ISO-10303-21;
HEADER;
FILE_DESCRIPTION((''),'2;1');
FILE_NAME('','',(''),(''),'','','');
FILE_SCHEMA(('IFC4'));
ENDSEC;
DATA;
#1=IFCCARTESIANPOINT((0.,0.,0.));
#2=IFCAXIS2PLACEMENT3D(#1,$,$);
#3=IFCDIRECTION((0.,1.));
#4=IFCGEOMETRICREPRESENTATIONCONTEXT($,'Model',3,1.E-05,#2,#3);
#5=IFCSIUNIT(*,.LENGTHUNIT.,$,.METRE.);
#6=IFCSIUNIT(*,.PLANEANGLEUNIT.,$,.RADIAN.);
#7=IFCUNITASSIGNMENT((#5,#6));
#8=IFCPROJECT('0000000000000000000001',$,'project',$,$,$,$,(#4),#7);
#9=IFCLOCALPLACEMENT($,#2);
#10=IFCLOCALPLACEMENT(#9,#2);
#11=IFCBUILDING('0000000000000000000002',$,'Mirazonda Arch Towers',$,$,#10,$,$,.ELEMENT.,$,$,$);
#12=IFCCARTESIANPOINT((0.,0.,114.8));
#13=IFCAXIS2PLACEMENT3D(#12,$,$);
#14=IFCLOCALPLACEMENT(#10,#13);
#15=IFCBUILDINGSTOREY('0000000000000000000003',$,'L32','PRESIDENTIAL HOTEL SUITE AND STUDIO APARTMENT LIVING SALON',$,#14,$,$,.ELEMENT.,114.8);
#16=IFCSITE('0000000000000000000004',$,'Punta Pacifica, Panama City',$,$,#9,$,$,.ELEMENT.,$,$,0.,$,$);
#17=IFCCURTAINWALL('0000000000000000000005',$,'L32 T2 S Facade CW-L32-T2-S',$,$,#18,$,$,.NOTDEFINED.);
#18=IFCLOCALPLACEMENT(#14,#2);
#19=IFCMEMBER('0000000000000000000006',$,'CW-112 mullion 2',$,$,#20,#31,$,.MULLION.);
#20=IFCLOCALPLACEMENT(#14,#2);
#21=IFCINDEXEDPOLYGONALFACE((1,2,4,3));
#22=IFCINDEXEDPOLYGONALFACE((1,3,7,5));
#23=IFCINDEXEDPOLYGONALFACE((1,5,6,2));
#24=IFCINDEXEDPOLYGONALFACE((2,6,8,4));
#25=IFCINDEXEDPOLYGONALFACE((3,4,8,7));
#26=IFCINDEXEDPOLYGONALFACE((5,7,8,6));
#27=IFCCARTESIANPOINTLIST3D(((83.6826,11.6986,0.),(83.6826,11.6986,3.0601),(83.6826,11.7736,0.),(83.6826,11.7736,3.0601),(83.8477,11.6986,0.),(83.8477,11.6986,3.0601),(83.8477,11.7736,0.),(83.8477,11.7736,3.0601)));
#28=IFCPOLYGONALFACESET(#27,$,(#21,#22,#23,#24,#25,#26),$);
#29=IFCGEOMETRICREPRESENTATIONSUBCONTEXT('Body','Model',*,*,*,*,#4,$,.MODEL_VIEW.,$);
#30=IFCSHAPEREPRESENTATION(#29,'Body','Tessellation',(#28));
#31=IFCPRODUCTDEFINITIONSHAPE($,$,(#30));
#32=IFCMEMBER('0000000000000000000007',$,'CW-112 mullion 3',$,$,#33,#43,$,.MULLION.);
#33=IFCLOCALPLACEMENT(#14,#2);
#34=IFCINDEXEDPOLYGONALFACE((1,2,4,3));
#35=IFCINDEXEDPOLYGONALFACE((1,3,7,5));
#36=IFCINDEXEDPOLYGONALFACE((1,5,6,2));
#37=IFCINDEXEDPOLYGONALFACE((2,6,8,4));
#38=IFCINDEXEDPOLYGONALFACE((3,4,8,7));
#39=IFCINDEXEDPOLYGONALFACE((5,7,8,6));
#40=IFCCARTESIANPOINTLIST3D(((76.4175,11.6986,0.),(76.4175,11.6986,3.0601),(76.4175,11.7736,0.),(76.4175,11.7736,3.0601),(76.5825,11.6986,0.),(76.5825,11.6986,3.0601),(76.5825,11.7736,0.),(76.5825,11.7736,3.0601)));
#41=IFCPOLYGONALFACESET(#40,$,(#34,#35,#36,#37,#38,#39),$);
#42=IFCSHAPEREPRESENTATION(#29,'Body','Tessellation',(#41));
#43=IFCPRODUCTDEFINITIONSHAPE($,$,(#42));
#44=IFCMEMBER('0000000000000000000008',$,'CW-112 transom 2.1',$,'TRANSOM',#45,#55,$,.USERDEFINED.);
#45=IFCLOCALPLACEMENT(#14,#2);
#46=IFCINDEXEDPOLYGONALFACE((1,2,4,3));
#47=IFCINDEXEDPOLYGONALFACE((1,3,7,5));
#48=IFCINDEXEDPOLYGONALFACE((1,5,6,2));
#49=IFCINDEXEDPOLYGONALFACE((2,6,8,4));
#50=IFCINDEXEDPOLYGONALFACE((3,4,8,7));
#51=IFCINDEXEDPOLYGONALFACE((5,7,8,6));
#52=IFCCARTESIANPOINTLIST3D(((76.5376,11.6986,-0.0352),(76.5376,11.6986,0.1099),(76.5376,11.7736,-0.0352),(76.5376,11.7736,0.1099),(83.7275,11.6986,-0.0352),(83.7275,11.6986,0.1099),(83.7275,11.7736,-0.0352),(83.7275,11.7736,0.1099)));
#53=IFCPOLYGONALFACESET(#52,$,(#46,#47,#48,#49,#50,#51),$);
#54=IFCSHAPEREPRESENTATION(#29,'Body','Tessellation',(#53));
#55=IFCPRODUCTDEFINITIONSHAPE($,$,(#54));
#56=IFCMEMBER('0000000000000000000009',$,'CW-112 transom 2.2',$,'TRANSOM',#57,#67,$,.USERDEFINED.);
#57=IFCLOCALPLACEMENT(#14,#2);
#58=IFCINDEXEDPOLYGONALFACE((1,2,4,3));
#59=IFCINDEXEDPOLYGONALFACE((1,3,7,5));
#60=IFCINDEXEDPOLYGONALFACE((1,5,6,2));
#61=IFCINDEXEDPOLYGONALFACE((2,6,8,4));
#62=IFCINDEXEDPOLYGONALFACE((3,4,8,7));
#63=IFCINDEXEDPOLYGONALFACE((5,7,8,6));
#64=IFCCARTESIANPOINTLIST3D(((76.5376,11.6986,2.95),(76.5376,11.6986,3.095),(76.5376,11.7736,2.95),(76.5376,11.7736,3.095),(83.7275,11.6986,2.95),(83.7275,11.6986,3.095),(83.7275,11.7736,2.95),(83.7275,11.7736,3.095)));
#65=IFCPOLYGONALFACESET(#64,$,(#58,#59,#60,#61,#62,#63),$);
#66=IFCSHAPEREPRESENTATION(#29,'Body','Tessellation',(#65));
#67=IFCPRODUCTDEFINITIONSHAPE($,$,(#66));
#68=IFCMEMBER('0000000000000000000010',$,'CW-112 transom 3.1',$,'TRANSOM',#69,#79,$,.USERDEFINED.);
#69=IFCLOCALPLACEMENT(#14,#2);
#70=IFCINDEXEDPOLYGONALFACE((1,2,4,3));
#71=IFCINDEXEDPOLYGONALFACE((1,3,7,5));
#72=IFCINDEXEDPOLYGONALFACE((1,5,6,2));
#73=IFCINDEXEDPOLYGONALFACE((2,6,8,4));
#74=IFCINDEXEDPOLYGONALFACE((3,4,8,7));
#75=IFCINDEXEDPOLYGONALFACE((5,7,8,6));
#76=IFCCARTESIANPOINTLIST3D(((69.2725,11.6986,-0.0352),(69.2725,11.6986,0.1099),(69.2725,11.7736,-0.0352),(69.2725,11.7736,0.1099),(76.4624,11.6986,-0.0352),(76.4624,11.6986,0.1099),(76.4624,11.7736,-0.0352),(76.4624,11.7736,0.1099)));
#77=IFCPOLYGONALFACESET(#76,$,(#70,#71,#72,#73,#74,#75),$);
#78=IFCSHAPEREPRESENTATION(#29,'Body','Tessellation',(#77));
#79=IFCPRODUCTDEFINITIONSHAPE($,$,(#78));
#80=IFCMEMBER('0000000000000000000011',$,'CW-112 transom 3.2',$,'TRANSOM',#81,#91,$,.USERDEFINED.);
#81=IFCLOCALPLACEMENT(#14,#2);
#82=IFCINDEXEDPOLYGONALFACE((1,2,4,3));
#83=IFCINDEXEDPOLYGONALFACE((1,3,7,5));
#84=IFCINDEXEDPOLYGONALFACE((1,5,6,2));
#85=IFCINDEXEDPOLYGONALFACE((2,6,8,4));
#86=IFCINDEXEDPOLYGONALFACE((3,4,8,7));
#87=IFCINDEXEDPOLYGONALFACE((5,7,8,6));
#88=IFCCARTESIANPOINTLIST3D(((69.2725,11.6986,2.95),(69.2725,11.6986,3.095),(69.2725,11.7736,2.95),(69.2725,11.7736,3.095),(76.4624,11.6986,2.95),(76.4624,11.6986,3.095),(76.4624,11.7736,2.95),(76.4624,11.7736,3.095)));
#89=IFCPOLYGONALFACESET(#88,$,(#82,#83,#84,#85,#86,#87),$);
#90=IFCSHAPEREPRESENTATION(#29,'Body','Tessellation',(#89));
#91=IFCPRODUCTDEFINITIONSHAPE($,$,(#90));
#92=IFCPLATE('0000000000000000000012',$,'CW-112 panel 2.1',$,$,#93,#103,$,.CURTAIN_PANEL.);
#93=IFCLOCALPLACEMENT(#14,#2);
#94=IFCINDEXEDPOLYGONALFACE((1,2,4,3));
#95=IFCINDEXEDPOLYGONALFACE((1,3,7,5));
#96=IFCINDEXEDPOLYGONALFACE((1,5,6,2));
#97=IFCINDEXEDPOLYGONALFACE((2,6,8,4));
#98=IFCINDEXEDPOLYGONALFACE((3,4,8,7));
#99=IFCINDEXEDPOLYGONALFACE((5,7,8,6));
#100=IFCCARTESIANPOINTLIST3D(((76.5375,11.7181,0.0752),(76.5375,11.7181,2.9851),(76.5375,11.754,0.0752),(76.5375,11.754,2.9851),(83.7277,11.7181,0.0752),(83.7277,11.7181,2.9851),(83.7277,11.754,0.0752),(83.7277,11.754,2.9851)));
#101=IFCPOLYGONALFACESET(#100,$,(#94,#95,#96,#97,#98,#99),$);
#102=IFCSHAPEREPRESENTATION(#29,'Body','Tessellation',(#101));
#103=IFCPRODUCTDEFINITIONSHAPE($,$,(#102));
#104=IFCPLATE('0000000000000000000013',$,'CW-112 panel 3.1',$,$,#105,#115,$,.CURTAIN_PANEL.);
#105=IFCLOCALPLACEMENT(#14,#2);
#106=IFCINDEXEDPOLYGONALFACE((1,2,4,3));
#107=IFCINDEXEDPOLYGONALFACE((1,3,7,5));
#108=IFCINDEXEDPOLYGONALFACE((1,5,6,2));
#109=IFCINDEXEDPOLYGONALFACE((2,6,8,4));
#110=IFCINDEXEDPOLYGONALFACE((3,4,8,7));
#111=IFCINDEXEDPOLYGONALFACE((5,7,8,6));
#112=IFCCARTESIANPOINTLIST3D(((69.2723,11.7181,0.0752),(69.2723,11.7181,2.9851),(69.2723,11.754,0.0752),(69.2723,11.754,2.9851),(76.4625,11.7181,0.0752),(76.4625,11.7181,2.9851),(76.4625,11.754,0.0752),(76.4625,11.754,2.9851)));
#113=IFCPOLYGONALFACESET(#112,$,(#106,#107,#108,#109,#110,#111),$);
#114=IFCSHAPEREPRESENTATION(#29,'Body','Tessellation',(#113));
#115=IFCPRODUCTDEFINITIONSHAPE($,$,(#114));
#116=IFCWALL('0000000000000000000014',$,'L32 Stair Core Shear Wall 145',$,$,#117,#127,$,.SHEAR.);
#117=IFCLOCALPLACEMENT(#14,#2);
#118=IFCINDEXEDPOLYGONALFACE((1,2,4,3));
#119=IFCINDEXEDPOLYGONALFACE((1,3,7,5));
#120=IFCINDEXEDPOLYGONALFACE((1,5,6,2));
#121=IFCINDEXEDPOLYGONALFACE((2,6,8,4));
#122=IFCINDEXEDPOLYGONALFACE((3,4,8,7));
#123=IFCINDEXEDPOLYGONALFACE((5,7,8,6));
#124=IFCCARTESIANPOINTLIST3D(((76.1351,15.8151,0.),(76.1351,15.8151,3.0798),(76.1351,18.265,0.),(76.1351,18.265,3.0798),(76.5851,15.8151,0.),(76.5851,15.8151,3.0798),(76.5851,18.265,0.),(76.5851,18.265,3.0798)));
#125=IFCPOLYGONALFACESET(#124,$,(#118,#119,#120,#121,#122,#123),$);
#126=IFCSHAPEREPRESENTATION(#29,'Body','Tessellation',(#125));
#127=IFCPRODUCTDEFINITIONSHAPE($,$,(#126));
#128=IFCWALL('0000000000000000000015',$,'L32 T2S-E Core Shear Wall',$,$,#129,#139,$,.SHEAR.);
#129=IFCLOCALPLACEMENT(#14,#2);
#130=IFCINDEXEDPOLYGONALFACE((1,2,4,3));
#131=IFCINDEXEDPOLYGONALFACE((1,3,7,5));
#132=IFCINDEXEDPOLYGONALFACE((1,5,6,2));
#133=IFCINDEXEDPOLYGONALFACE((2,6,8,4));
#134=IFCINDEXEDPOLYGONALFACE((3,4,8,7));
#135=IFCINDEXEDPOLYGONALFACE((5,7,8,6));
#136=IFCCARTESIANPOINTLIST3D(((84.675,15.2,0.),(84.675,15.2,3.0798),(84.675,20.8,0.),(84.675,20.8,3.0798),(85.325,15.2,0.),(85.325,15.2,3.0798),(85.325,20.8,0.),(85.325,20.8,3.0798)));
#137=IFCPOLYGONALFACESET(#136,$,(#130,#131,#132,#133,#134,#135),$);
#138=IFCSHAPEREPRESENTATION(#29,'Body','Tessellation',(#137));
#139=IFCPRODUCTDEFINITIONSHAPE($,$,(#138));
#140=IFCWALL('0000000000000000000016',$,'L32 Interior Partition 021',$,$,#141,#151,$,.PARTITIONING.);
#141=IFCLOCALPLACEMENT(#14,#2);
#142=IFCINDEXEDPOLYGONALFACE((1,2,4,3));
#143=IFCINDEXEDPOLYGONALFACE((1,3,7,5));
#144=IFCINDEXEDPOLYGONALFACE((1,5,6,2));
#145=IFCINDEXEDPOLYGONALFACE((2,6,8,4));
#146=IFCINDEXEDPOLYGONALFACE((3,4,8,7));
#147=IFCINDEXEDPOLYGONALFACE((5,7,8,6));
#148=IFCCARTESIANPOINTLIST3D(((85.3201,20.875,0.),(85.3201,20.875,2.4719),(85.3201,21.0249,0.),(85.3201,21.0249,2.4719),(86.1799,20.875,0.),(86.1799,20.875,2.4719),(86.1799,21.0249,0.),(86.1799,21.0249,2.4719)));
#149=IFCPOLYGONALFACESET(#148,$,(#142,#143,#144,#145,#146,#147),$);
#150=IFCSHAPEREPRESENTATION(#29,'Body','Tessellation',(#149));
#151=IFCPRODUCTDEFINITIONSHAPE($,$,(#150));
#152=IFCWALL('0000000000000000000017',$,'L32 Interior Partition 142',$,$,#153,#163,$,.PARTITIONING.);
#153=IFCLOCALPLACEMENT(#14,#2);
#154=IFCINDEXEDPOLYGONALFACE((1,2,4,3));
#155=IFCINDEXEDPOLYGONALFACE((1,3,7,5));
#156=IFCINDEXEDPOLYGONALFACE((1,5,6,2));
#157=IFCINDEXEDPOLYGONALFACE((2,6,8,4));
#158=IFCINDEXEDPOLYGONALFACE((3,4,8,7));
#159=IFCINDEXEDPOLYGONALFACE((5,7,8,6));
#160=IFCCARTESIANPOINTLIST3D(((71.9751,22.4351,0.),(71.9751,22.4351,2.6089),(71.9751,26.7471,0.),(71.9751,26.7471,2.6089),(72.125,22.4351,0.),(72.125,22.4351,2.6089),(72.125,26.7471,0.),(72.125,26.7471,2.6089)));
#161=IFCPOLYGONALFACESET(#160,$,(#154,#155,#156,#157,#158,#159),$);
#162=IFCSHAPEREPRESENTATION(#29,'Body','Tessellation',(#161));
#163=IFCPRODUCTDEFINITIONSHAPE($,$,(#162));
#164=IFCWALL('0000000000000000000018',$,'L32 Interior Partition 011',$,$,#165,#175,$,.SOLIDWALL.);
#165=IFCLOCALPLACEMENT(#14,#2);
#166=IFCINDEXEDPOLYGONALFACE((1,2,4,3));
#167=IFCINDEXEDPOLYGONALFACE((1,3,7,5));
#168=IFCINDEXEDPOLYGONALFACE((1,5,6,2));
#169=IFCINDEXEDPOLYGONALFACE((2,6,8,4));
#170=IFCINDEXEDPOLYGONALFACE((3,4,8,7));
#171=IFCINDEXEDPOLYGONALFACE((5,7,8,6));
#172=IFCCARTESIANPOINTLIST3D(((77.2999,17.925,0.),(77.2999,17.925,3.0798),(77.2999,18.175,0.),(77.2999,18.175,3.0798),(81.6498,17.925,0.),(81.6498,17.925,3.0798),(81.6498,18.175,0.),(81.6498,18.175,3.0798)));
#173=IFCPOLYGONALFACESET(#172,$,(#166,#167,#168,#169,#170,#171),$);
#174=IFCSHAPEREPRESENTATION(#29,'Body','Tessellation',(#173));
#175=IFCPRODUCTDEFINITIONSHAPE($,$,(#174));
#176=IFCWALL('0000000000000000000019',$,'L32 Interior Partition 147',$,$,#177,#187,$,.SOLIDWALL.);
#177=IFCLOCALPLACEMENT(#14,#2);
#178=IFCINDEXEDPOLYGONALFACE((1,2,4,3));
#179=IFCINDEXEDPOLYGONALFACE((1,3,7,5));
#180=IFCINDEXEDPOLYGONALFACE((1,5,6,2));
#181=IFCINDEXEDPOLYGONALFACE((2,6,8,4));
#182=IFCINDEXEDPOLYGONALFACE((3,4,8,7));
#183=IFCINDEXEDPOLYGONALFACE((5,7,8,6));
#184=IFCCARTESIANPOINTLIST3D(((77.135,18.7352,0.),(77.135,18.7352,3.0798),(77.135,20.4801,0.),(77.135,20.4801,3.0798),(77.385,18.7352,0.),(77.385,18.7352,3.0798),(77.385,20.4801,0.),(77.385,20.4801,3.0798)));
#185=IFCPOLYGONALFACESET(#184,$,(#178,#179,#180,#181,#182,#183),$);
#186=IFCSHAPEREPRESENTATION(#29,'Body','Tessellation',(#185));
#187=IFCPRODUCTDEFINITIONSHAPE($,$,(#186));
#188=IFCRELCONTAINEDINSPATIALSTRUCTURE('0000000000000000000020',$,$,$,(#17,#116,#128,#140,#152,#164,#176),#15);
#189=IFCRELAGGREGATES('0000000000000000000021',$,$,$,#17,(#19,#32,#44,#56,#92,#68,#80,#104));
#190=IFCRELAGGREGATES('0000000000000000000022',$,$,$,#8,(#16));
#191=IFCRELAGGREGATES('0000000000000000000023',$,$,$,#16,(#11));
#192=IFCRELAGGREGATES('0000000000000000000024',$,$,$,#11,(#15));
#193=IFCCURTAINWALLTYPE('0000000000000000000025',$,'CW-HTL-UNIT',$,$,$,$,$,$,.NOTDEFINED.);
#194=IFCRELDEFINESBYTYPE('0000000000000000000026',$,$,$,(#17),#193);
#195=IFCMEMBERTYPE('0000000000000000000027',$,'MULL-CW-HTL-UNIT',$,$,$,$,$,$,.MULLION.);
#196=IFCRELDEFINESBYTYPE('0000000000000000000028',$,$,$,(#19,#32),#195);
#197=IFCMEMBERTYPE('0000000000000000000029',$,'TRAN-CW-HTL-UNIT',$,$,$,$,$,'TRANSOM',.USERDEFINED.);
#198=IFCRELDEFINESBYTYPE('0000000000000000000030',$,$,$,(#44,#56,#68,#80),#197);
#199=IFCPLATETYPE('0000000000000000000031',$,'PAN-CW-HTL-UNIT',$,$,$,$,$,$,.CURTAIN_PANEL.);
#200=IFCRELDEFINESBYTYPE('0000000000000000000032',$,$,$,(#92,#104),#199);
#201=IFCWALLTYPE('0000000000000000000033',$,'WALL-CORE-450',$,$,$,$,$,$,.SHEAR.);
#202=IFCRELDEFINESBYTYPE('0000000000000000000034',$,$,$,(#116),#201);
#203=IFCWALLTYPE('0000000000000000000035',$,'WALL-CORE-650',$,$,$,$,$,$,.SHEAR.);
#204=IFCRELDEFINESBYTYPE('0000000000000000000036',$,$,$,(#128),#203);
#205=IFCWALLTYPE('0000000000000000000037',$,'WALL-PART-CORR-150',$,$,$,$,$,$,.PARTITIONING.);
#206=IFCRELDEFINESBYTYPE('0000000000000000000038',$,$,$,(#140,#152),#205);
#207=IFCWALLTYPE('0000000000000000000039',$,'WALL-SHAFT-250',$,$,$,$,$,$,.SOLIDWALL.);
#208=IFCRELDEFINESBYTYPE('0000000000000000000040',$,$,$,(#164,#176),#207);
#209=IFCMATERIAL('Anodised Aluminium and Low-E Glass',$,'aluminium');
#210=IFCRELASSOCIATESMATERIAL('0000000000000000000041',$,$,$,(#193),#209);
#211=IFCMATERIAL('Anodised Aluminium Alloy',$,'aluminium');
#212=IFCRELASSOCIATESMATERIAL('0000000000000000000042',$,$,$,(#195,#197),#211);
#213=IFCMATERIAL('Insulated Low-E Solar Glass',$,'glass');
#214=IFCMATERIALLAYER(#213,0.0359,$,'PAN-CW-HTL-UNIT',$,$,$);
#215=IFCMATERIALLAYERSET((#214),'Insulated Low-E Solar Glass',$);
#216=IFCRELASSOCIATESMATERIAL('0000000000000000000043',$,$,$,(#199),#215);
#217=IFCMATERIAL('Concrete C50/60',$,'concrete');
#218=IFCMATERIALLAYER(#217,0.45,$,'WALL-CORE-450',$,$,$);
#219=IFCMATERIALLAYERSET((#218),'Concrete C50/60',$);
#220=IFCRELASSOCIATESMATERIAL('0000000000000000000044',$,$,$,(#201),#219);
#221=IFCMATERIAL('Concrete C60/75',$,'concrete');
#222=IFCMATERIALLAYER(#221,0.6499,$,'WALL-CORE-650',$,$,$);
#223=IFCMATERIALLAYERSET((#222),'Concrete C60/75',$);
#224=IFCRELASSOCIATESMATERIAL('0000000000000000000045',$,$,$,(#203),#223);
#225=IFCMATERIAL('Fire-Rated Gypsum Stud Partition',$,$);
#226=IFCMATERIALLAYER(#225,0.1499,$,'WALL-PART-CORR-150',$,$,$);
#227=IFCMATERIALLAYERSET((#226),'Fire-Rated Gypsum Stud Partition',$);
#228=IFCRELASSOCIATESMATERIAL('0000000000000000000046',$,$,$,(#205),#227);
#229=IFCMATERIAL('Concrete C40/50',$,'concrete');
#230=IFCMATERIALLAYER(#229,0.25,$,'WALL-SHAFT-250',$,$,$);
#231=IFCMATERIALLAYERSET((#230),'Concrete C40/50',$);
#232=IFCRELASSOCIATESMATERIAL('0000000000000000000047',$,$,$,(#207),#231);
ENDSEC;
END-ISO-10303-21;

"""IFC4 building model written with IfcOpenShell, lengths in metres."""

from ifc_helpers import new_model, si_unit, direction, frame, frame_2d, origin, origin_2d, place, context, subcontext, project, spatial, rectangle, extrude, material, layer, layer_set, material_profile, profile_set, type_object, element, aggregate, save


model = new_model("IFC4")

# Units and contexts
model_context = context("Model", 3, precision=1e-05, world=origin(), true_north=direction((0.0, 1.0)))
body_context = subcontext(model_context, "Body", "Model", "MODEL_VIEW")
ifc_project = project(units=[si_unit("LENGTHUNIT", "METRE"), si_unit("PLANEANGLEUNIT", "RADIAN")], contexts=[model_context])

# Site, building, storey
site_placement = place(None, origin())
site = spatial("IfcSite", under=ifc_project, at=site_placement, Name="Punta Pacifica, Panama City", CompositionType="ELEMENT", RefElevation=0.0)
building_placement = place(site_placement, origin())
building = spatial("IfcBuilding", under=site, at=building_placement, Name="Mirazonda Arch Towers", CompositionType="ELEMENT")
storey_placement = place(building_placement, frame((0.0, 0.0, 114.8)))
storey = spatial("IfcBuildingStorey", under=building, at=storey_placement, Name="L32", Description="PRESIDENTIAL HOTEL SUITE AND STUDIO APARTMENT LIVING SALON", CompositionType="ELEMENT", Elevation=114.8)

# Shared definitions
ifc_material_1 = material(Name="Concrete C50/60", Category="concrete")

# Shared definitions
ifc_material_2 = material(Name="Concrete C60/75", Category="concrete")

# Curtain wall, members, plates
ifc_material_3 = material(Name="Anodised Aluminium and Low-E Glass", Category="aluminium")
curtain_wall_type = type_object("IfcCurtainWallType", Name="CW-HTL-UNIT", PredefinedType="NOTDEFINED", material=ifc_material_3)
curtain_wall_placement = place(storey_placement, origin())
curtain_wall = element("IfcCurtainWall", 1, at=curtain_wall_placement, inside=storey, type_object=curtain_wall_type, Name="L32 T2 S Facade CW-L32-T2-S", PredefinedType="NOTDEFINED")
ifc_material_4 = material(Name="Anodised Aluminium Alloy", Category="aluminium")
ifc_material_profile_1 = material_profile(ifc_material_4, rectangle(XDim=0.075, YDim=0.165, at=origin_2d()), Name="ALU-MULL-75x165")
ifc_profile_set_1 = profile_set([ifc_material_profile_1], Name="Anodised Aluminium Alloy")
member_type_1 = type_object("IfcMemberType", Name="MULL-CW-HTL-UNIT", PredefinedType="MULLION", material=ifc_profile_set_1)
member_1_placement = place(storey_placement, frame((83.7651, 11.7361, 0.0), z_axis=(0.0, 0.0, 1.0), x_axis=(0.0, -1.0, 0.0)))
member_1 = element("IfcMember", 2, at=member_1_placement, type_object=member_type_1, Name="CW-112 mullion 2", PredefinedType="MULLION", context=body_context, shape_type="SweptSolid", body=[
    extrude(rectangle(XDim=0.075, YDim=0.165, at=origin_2d()), origin(), (0.0, 0.0, 1.0), 3.0601),
])
member_2_placement = place(storey_placement, frame((76.5, 11.7361, 0.0), z_axis=(0.0, 0.0, 1.0), x_axis=(0.0, -1.0, 0.0)))
member_2 = element("IfcMember", 3, at=member_2_placement, type_object=member_type_1, Name="CW-112 mullion 3", PredefinedType="MULLION", context=body_context, shape_type="SweptSolid", body=[
    extrude(rectangle(XDim=0.075, YDim=0.165, at=origin_2d()), origin(), (0.0, 0.0, 1.0), 3.0601),
])
ifc_material_profile_2 = material_profile(ifc_material_4, rectangle(XDim=0.075, YDim=0.145, at=origin_2d()), Name="ALU-TRAN-75x145")
ifc_profile_set_2 = profile_set([ifc_material_profile_2], Name="Anodised Aluminium Alloy")
member_type_2 = type_object("IfcMemberType", Name="TRAN-CW-HTL-UNIT", ElementType="TRANSOM", PredefinedType="USERDEFINED", material=ifc_profile_set_2)
member_3_placement = place(storey_placement, frame((83.7275, 11.7361, 0.0374), z_axis=(-1.0, 0.0, 0.0), x_axis=(0.0, -1.0, 0.0)))
member_3 = element("IfcMember", 4, at=member_3_placement, type_object=member_type_2, Name="CW-112 transom 2.1", ObjectType="TRANSOM", PredefinedType="USERDEFINED", context=body_context, shape_type="SweptSolid", body=[
    extrude(rectangle(XDim=0.075, YDim=0.145, at=origin_2d()), origin(), (0.0, 0.0, 1.0), 7.1899),
])
member_4_placement = place(storey_placement, frame((83.7275, 11.7361, 3.0225), z_axis=(-1.0, 0.0, 0.0), x_axis=(0.0, -1.0, 0.0)))
member_4 = element("IfcMember", 5, at=member_4_placement, type_object=member_type_2, Name="CW-112 transom 2.2", ObjectType="TRANSOM", PredefinedType="USERDEFINED", context=body_context, shape_type="SweptSolid", body=[
    extrude(rectangle(XDim=0.075, YDim=0.145, at=origin_2d()), origin(), (0.0, 0.0, 1.0), 7.1899),
])
member_5_placement = place(storey_placement, frame((76.4624, 11.7361, 0.0374), z_axis=(-1.0, 0.0, 0.0), x_axis=(0.0, -1.0, 0.0)))
member_5 = element("IfcMember", 6, at=member_5_placement, type_object=member_type_2, Name="CW-112 transom 3.1", ObjectType="TRANSOM", PredefinedType="USERDEFINED", context=body_context, shape_type="SweptSolid", body=[
    extrude(rectangle(XDim=0.075, YDim=0.145, at=origin_2d()), origin(), (0.0, 0.0, 1.0), 7.1899),
])
member_6_placement = place(storey_placement, frame((76.4624, 11.7361, 3.0225), z_axis=(-1.0, 0.0, 0.0), x_axis=(0.0, -1.0, 0.0)))
member_6 = element("IfcMember", 7, at=member_6_placement, type_object=member_type_2, Name="CW-112 transom 3.2", ObjectType="TRANSOM", PredefinedType="USERDEFINED", context=body_context, shape_type="SweptSolid", body=[
    extrude(rectangle(XDim=0.075, YDim=0.145, at=origin_2d()), origin(), (0.0, 0.0, 1.0), 7.1899),
])
ifc_material_5 = material(Name="Insulated Low-E Solar Glass", Category="glass")
ifc_layer_1 = layer(ifc_material_5, 0.0359, Name="PAN-CW-HTL-UNIT")
ifc_layer_set_1 = layer_set([ifc_layer_1], Name="Insulated Low-E Solar Glass")
plate_type = type_object("IfcPlateType", Name="PAN-CW-HTL-UNIT", PredefinedType="CURTAIN_PANEL", material=ifc_layer_set_1)
plate_1_placement = place(storey_placement, frame((80.1326, 11.7361, 0.0752), z_axis=(0.0, 0.0, 1.0), x_axis=(-1.0, 0.0, 0.0)))
plate_1 = element("IfcPlate", 8, at=plate_1_placement, type_object=plate_type, Name="CW-112 panel 2.1", PredefinedType="CURTAIN_PANEL", context=body_context, shape_type="SweptSolid", body=[
    extrude(rectangle(XDim=7.1902, YDim=0.0359, at=origin_2d()), origin(), (0.0, 0.0, 1.0), 2.9099),
])
plate_2_placement = place(storey_placement, frame((72.8674, 11.7361, 0.0752), z_axis=(0.0, 0.0, 1.0), x_axis=(-1.0, 0.0, 0.0)))
plate_2 = element("IfcPlate", 9, at=plate_2_placement, type_object=plate_type, Name="CW-112 panel 3.1", PredefinedType="CURTAIN_PANEL", context=body_context, shape_type="SweptSolid", body=[
    extrude(rectangle(XDim=7.1902, YDim=0.0359, at=origin_2d()), origin(), (0.0, 0.0, 1.0), 2.9099),
])
aggregate(curtain_wall, [member_1, member_2, member_3, member_4, plate_1, member_5, member_6, plate_2])

# Walls
ifc_layer_2 = layer(ifc_material_1, 0.45, Name="WALL-CORE-450")
ifc_layer_set_2 = layer_set([ifc_layer_2], Name="Concrete C50/60")
wall_type_1 = type_object("IfcWallType", Name="WALL-CORE-450", PredefinedType="SHEAR", material=ifc_layer_set_2)
wall_1_placement = place(storey_placement, frame((76.3601, 15.8149, 0.0), z_axis=(0.0, 0.0, 1.0), x_axis=(0.0, 1.0, 0.0)))
element("IfcWall", 10, at=wall_1_placement, inside=storey, type_object=wall_type_1, Name="L32 Stair Core Shear Wall 145", PredefinedType="SHEAR", context=body_context, shape_type="SweptSolid", body=[
    extrude(rectangle(XDim=2.45, YDim=0.45, at=frame_2d((1.2251, 0.0))), origin(), (0.0, 0.0, 1.0), 3.0798),
])
ifc_layer_3 = layer(ifc_material_2, 0.6499, Name="WALL-CORE-650")
ifc_layer_set_3 = layer_set([ifc_layer_3], Name="Concrete C60/75")
wall_type_2 = type_object("IfcWallType", Name="WALL-CORE-650", PredefinedType="SHEAR", material=ifc_layer_set_3)
wall_2_placement = place(storey_placement, frame((85.0, 15.2, 0.0), z_axis=(0.0, 0.0, 1.0), x_axis=(0.0, 1.0, 0.0)))
element("IfcWall", 11, at=wall_2_placement, inside=storey, type_object=wall_type_2, Name="L32 T2S-E Core Shear Wall", PredefinedType="SHEAR", context=body_context, shape_type="SweptSolid", body=[
    extrude(rectangle(XDim=5.6001, YDim=0.6499, at=frame_2d((2.8, 0.0))), origin(), (0.0, 0.0, 1.0), 3.0798),
])
ifc_material_6 = material(Name="Fire-Rated Gypsum Stud Partition")
ifc_layer_4 = layer(ifc_material_6, 0.1499, Name="WALL-PART-CORR-150")
ifc_layer_set_4 = layer_set([ifc_layer_4], Name="Fire-Rated Gypsum Stud Partition")
wall_type_3 = type_object("IfcWallType", Name="WALL-PART-CORR-150", PredefinedType="PARTITIONING", material=ifc_layer_set_4)
wall_3_placement = place(storey_placement, frame((85.3201, 20.95, 0.0), z_axis=(0.0, 0.0, 1.0), x_axis=(1.0, 0.0, 0.0)))
element("IfcWall", 12, at=wall_3_placement, inside=storey, type_object=wall_type_3, Name="L32 Interior Partition 021", PredefinedType="PARTITIONING", context=body_context, shape_type="SweptSolid", body=[
    extrude(rectangle(XDim=0.8599, YDim=0.1499, at=frame_2d((0.4299, 0.0))), origin(), (0.0, 0.0, 1.0), 2.4719),
])
wall_4_placement = place(storey_placement, frame((72.05, 22.4351, 0.0), z_axis=(0.0, 0.0, 1.0), x_axis=(0.0, 1.0, 0.0)))
element("IfcWall", 13, at=wall_4_placement, inside=storey, type_object=wall_type_3, Name="L32 Interior Partition 142", PredefinedType="PARTITIONING", context=body_context, shape_type="SweptSolid", body=[
    extrude(rectangle(XDim=4.312, YDim=0.1499, at=frame_2d((2.156, 0.0))), origin(), (0.0, 0.0, 1.0), 2.6089),
])
ifc_material_7 = material(Name="Concrete C40/50", Category="concrete")
ifc_layer_5 = layer(ifc_material_7, 0.25, Name="WALL-SHAFT-250")
ifc_layer_set_5 = layer_set([ifc_layer_5], Name="Concrete C40/50")
wall_type_4 = type_object("IfcWallType", Name="WALL-SHAFT-250", PredefinedType="SOLIDWALL", material=ifc_layer_set_5)
wall_5_placement = place(storey_placement, frame((77.3, 18.05, 0.0), z_axis=(0.0, 0.0, 1.0), x_axis=(1.0, 0.0, 0.0)))
element("IfcWall", 14, at=wall_5_placement, inside=storey, type_object=wall_type_4, Name="L32 Interior Partition 011", PredefinedType="SOLIDWALL", context=body_context, shape_type="SweptSolid", body=[
    extrude(rectangle(XDim=4.3499, YDim=0.25, at=frame_2d((2.1748, 0.0))), origin(), (0.0, 0.0, 1.0), 3.0798),
])
wall_6_placement = place(storey_placement, frame((77.26, 18.7351, 0.0), z_axis=(0.0, 0.0, 1.0), x_axis=(0.0, 1.0, 0.0)))
element("IfcWall", 15, at=wall_6_placement, inside=storey, type_object=wall_type_4, Name="L32 Interior Partition 147", PredefinedType="SOLIDWALL", context=body_context, shape_type="SweptSolid", body=[
    extrude(rectangle(XDim=1.7449, YDim=0.25, at=frame_2d((0.8726, 0.0))), origin(), (0.0, 0.0, 1.0), 3.0798),
])

save(model, "model.ifc")
